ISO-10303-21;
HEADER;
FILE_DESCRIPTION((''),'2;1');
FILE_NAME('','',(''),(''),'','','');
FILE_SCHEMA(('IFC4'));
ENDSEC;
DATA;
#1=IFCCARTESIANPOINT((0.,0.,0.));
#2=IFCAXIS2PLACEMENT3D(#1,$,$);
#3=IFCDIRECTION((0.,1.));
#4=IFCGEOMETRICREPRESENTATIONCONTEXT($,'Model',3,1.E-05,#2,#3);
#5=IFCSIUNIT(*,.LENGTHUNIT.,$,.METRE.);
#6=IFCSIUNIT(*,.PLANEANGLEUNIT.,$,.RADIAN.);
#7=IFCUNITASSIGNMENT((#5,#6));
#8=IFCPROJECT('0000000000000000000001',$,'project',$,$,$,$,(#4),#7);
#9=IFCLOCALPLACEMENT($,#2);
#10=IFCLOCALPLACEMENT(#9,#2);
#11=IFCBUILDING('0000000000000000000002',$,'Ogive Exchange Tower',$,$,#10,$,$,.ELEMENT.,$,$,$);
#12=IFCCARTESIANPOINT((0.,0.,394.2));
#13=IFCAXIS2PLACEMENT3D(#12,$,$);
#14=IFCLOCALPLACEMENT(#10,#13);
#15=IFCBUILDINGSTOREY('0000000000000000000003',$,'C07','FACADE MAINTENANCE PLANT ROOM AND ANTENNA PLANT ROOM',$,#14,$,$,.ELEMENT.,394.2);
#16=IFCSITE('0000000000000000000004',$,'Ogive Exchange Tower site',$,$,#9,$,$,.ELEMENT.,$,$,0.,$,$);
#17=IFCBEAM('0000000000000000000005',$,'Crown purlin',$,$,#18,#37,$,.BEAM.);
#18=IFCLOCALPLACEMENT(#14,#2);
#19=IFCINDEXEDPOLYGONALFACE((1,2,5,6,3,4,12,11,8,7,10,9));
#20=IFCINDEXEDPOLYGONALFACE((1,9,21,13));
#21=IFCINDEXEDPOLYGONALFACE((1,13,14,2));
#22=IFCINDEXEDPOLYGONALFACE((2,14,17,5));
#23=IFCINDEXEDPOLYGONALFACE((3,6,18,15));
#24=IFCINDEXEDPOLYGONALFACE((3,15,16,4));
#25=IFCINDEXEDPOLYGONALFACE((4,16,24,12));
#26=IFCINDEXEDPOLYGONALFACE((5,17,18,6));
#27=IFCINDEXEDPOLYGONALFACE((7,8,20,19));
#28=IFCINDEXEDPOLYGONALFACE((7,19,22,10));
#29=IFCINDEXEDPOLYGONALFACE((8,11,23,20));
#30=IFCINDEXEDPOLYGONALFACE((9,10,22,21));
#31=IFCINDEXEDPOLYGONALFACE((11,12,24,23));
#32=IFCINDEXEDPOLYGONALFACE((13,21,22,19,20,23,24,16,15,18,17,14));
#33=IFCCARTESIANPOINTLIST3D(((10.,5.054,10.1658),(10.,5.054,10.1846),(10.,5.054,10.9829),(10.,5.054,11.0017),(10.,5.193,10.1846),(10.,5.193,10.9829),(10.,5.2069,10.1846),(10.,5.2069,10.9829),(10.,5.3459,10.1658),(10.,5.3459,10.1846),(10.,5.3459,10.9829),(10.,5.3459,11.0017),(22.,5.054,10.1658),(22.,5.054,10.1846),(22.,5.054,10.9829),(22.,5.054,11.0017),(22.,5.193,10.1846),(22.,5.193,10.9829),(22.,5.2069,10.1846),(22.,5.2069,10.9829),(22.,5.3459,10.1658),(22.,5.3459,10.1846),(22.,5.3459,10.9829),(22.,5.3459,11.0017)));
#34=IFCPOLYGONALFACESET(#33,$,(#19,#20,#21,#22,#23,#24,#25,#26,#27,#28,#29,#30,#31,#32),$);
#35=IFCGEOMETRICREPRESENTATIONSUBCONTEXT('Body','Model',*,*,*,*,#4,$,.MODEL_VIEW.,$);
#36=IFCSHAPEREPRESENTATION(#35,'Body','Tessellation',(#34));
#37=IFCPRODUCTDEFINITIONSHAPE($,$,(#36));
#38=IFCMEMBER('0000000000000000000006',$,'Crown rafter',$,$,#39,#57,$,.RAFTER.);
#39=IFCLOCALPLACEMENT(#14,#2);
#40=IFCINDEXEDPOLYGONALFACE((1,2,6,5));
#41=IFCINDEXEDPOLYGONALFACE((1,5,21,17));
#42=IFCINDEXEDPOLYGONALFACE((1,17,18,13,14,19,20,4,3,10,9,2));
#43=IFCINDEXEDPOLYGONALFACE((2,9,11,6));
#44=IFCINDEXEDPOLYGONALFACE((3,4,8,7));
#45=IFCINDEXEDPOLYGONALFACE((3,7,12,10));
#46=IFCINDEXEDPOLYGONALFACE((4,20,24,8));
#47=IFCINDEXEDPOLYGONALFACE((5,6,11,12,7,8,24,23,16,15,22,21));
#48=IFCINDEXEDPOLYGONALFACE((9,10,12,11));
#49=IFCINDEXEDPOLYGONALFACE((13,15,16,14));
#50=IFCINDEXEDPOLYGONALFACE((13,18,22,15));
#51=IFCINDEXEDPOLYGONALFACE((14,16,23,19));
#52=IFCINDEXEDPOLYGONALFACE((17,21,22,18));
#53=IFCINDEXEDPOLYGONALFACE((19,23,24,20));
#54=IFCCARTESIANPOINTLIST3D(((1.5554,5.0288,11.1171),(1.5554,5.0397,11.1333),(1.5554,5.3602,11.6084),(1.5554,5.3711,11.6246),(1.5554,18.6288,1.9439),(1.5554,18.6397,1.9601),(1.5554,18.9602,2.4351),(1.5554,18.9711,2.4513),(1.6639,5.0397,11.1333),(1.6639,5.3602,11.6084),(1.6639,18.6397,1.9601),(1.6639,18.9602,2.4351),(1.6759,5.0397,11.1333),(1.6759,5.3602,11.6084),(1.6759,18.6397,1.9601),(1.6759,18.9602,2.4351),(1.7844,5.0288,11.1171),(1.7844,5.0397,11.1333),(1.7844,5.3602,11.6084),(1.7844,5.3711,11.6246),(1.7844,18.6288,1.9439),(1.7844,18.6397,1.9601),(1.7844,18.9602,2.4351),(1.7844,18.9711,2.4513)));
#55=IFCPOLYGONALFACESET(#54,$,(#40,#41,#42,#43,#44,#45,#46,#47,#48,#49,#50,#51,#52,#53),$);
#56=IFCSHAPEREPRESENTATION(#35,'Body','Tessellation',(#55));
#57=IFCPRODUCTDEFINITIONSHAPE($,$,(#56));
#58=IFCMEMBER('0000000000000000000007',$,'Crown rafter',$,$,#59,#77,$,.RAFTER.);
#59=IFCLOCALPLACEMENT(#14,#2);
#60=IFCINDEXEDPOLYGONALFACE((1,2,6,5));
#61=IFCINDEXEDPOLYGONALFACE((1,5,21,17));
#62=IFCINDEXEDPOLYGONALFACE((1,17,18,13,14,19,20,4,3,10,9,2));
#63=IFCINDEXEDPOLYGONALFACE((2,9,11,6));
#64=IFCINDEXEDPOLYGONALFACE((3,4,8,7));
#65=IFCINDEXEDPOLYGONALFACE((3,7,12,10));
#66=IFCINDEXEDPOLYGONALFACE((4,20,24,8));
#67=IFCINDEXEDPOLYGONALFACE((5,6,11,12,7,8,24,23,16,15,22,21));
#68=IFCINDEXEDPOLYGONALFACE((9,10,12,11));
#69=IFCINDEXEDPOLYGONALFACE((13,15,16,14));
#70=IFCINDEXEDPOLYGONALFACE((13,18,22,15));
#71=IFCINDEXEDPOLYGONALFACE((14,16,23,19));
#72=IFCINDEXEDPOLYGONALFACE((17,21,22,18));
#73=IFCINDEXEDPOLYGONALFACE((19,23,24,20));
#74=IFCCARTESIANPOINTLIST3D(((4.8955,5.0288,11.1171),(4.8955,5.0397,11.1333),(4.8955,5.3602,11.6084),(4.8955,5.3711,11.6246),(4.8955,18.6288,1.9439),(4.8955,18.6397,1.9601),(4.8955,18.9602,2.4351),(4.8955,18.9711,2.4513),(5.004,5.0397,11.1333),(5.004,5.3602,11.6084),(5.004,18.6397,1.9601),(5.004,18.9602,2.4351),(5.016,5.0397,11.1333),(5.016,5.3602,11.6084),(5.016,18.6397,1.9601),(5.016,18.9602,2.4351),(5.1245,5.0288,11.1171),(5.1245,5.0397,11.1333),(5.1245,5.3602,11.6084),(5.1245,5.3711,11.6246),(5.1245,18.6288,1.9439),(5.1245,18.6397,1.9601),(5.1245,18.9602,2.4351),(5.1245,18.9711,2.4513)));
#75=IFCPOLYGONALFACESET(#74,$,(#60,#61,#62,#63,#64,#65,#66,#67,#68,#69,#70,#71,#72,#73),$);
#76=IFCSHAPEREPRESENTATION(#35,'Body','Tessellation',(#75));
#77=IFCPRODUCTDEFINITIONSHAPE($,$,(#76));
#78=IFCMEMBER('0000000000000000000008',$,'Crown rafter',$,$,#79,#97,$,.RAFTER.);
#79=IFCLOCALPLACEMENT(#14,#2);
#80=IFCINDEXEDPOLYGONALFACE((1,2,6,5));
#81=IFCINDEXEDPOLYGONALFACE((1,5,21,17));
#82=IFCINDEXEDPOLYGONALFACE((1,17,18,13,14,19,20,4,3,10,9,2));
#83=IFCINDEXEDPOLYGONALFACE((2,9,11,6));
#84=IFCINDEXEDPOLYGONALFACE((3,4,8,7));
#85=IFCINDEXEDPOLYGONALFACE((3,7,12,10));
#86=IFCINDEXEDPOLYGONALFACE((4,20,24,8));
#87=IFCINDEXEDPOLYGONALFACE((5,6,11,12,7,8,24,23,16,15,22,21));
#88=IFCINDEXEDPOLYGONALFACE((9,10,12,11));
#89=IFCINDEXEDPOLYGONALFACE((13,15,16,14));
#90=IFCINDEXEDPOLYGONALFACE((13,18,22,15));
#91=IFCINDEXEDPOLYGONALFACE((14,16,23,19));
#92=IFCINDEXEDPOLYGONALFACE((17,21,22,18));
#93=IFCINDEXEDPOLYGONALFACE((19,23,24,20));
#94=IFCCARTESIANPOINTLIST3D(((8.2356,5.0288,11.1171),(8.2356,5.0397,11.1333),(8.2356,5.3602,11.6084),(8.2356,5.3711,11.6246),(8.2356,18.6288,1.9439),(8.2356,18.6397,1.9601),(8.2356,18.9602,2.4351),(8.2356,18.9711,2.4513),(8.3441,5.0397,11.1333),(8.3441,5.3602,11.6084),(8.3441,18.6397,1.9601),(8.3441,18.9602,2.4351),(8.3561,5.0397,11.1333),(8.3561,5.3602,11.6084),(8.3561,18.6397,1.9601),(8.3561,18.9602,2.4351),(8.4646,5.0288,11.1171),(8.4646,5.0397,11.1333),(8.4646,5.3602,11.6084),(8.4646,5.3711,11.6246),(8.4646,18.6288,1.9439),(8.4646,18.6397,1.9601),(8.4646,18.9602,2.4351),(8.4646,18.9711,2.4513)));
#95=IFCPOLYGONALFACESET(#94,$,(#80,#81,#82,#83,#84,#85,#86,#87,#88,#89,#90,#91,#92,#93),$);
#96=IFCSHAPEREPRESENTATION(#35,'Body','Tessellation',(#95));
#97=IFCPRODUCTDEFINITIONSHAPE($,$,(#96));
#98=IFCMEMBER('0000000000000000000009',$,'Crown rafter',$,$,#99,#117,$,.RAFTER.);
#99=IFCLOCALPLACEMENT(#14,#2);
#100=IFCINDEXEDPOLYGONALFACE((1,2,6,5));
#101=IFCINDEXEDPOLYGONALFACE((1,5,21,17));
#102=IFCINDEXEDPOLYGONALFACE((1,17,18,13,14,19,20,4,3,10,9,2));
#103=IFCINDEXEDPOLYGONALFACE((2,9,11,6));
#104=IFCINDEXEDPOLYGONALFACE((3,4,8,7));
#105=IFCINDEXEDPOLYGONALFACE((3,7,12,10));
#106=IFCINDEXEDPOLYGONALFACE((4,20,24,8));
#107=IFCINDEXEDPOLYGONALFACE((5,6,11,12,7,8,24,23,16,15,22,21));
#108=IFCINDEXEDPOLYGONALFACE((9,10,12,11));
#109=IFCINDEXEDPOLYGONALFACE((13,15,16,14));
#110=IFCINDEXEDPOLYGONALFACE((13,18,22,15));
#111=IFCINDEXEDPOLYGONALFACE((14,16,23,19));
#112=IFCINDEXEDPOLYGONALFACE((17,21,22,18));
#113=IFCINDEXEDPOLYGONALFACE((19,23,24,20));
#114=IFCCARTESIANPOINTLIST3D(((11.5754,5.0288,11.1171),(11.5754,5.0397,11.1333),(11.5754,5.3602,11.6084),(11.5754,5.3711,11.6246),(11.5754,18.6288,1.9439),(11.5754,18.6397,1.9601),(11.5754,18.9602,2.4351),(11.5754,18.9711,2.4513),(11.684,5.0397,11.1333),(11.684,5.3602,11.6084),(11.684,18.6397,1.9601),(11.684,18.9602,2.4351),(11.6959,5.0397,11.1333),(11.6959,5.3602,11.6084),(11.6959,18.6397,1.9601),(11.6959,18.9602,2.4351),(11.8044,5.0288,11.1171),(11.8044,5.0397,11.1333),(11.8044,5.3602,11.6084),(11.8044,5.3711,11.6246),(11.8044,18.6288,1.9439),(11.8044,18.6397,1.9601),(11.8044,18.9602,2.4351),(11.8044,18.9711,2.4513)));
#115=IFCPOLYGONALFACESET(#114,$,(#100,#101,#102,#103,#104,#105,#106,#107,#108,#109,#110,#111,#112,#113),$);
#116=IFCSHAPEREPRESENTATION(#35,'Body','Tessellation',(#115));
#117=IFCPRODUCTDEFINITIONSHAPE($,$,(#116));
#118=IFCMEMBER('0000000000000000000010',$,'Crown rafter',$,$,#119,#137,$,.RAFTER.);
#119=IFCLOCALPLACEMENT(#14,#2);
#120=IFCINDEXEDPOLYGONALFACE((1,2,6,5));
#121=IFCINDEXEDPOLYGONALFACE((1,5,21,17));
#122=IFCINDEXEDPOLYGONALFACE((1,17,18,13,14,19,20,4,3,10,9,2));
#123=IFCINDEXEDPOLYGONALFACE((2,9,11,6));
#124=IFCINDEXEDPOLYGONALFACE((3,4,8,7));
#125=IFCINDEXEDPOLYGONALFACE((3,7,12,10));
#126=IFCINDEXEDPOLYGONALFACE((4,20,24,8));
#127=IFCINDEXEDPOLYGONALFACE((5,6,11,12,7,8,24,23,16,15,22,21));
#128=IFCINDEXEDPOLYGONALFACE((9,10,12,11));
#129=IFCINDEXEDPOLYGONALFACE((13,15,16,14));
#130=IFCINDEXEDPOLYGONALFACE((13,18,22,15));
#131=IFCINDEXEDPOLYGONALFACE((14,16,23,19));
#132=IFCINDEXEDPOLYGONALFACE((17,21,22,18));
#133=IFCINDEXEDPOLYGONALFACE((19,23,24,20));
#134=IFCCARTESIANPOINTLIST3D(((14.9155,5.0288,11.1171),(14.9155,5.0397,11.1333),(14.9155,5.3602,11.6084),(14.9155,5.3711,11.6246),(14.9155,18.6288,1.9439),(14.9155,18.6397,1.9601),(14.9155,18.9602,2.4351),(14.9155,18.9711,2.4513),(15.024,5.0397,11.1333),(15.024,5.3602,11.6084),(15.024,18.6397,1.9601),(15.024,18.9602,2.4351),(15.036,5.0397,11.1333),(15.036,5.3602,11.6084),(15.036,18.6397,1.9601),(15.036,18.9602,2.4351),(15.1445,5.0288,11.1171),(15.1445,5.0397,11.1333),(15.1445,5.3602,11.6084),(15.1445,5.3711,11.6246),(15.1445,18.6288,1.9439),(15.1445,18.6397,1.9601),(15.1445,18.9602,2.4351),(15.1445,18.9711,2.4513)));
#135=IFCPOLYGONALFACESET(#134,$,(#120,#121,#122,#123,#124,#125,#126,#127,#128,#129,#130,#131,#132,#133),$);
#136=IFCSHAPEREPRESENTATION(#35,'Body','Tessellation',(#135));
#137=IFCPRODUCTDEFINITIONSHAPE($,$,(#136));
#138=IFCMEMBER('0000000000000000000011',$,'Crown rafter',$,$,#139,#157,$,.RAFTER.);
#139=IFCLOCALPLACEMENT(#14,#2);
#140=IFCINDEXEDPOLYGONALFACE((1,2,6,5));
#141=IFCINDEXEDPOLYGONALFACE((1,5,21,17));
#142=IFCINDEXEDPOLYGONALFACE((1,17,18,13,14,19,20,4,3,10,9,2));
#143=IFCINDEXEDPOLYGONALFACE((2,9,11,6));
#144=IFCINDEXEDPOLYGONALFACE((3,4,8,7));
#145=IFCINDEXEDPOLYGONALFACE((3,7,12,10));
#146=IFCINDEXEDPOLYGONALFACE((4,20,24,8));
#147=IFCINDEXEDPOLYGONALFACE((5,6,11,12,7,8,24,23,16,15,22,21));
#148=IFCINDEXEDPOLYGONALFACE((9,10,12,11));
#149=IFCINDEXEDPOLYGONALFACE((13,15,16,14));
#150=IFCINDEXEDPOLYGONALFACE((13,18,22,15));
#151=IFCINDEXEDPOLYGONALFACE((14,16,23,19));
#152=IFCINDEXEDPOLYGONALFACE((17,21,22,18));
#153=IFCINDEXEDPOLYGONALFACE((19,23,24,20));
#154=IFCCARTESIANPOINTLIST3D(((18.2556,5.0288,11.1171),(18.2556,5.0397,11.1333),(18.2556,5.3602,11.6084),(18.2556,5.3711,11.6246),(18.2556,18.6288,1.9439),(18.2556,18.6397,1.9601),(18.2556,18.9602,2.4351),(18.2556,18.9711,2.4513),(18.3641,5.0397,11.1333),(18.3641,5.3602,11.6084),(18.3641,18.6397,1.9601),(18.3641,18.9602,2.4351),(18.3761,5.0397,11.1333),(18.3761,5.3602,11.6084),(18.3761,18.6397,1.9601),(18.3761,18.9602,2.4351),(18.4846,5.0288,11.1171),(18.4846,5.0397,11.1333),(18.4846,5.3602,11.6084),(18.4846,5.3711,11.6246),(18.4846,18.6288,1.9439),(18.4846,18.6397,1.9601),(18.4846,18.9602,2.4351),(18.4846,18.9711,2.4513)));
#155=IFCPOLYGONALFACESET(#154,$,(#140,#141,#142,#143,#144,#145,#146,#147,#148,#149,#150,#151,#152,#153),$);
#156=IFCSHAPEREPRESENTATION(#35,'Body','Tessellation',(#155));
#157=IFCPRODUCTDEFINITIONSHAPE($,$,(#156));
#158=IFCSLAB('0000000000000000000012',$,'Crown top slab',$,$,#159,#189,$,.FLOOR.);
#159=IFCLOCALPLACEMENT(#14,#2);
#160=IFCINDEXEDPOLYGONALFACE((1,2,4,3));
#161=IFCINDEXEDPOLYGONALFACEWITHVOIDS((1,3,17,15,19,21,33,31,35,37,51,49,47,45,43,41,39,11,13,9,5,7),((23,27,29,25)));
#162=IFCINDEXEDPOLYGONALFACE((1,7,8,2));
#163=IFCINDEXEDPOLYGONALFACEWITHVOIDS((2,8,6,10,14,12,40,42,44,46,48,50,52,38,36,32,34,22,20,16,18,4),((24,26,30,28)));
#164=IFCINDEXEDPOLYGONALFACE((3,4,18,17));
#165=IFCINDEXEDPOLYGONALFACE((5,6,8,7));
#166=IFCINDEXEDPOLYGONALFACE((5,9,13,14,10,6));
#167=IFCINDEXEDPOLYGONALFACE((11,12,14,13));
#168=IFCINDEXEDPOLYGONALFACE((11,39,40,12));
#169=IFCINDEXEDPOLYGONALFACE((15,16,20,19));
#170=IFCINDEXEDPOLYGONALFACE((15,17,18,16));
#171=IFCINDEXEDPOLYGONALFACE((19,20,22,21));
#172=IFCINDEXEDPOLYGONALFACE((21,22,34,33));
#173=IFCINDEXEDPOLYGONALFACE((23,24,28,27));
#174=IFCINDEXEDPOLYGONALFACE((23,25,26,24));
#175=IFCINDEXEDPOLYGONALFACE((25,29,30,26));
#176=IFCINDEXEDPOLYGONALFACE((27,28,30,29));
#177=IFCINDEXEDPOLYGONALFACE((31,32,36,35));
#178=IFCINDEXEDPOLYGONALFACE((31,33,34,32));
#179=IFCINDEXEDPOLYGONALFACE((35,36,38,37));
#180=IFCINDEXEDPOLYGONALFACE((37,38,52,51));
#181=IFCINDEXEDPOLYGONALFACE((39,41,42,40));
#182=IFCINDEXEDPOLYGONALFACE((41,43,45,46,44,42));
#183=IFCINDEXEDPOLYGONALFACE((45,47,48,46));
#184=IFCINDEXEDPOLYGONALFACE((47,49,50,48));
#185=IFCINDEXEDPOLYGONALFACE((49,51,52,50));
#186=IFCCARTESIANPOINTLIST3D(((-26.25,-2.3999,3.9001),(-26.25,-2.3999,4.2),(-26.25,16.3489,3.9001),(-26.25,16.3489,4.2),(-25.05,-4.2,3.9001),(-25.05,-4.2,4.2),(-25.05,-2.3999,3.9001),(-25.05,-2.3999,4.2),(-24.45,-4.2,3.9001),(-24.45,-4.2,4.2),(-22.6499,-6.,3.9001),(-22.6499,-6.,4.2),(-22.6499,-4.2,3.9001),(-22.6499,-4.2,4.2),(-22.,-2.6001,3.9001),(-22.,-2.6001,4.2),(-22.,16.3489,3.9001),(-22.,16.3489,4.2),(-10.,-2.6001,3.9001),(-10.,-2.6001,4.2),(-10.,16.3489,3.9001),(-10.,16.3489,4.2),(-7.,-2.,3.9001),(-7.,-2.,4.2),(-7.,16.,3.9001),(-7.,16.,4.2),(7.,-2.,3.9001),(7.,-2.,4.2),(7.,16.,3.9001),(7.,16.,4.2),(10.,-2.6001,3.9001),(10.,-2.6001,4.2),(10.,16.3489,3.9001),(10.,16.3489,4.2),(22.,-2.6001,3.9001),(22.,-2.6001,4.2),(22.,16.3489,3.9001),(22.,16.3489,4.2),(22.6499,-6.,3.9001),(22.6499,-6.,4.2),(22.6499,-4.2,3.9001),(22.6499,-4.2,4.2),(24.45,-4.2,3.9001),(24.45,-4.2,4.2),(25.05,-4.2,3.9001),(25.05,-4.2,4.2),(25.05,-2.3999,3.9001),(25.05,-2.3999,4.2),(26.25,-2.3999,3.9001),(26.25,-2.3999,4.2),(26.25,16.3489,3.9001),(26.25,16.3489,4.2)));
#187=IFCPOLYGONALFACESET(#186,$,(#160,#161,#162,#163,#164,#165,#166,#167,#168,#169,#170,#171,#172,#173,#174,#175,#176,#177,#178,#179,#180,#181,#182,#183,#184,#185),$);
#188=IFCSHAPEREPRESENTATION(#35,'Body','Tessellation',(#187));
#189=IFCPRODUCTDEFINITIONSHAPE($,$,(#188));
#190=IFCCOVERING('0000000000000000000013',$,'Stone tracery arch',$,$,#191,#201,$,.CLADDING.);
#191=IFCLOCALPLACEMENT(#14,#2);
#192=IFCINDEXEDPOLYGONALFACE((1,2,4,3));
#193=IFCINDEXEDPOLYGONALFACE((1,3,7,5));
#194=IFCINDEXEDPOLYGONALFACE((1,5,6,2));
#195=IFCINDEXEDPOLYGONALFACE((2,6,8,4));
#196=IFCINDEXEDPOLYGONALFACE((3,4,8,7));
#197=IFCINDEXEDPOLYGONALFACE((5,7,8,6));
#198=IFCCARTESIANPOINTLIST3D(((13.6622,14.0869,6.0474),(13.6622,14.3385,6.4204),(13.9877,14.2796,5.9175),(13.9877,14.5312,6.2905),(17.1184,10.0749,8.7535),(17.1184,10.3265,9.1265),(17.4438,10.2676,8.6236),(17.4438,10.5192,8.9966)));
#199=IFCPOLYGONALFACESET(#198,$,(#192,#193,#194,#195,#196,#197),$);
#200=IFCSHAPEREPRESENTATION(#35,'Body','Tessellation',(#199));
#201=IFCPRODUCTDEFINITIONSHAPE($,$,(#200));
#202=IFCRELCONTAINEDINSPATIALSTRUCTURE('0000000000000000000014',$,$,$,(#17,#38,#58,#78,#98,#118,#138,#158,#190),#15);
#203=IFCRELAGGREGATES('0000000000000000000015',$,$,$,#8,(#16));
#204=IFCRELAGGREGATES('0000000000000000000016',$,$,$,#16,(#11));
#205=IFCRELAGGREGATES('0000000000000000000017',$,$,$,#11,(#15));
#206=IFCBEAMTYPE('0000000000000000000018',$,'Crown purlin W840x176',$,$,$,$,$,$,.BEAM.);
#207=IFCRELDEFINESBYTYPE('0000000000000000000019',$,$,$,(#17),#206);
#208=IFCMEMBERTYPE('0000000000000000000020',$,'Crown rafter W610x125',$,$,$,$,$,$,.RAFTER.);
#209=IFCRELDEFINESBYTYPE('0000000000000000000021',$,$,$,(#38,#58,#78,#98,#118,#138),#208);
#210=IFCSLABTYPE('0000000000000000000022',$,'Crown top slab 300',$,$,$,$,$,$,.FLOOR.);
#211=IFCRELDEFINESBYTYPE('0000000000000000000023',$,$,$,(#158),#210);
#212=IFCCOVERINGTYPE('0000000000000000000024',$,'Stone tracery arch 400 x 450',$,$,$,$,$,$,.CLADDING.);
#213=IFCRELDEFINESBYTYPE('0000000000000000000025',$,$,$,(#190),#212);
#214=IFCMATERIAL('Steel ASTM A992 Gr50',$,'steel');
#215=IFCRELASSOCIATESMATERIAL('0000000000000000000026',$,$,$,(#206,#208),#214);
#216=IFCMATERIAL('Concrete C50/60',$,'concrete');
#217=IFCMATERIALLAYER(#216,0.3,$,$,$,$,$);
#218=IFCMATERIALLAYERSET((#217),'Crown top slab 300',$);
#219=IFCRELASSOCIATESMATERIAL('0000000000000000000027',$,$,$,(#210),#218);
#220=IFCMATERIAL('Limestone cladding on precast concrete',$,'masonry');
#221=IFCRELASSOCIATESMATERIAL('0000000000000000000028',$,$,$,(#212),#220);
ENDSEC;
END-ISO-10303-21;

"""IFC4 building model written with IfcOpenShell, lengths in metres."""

from ifc_helpers import new_model, si_unit, direction, frame, origin, origin_2d, place, context, subcontext, project, spatial, polyline, rectangle, i_section, outline, extrude, material, layer, layer_set, material_profile, profile_set, type_object, element, save


model = new_model("IFC4")

# Units and contexts
model_context = context("Model", 3, precision=1e-05, world=origin(), true_north=direction((0.0, 1.0)))
body_context = subcontext(model_context, "Body", "Model", "MODEL_VIEW")
ifc_project = project(units=[si_unit("LENGTHUNIT", "METRE"), si_unit("PLANEANGLEUNIT", "RADIAN")], contexts=[model_context])

# Site, building, storey
site_placement = place(None, origin())
site = spatial("IfcSite", under=ifc_project, at=site_placement, Name="Ogive Exchange Tower site", CompositionType="ELEMENT", RefElevation=0.0)
building_placement = place(site_placement, origin())
building = spatial("IfcBuilding", under=site, at=building_placement, Name="Ogive Exchange Tower", CompositionType="ELEMENT")
storey_placement = place(building_placement, frame((0.0, 0.0, 394.2)))
storey = spatial("IfcBuildingStorey", under=building, at=storey_placement, Name="C07", Description="FACADE MAINTENANCE PLANT ROOM AND ANTENNA PLANT ROOM", CompositionType="ELEMENT", Elevation=394.2)

# Beam
ifc_material_1 = material(Name="Steel ASTM A992 Gr50", Category="steel")
ifc_material_profile_1 = material_profile(ifc_material_1, i_section(OverallWidth=0.292, OverallDepth=0.8359, WebThickness=0.0139, FlangeThickness=0.0188, at=origin_2d()), Name="W840x176")
ifc_profile_set_1 = profile_set([ifc_material_profile_1], Name="Steel ASTM A992 Gr50")
beam_type = type_object("IfcBeamType", Name="Crown purlin W840x176", PredefinedType="BEAM", material=ifc_profile_set_1)
beam_placement = place(storey_placement, frame((10.0, 5.2, 10.5837), z_axis=(1.0, 0.0, 0.0), x_axis=(0.0, 1.0, 0.0)))
element("IfcBeam", 1, at=beam_placement, inside=storey, type_object=beam_type, Name="Crown purlin", PredefinedType="BEAM", context=body_context, shape_type="SweptSolid", body=[
    extrude(i_section(OverallWidth=0.292, OverallDepth=0.8359, WebThickness=0.0139, FlangeThickness=0.0188, at=origin_2d()), origin(), (0.0, 0.0, 1.0), 12.0),
])

# Members
ifc_material_profile_2 = material_profile(ifc_material_1, i_section(OverallWidth=0.229, OverallDepth=0.6121, WebThickness=0.012, FlangeThickness=0.0195, at=origin_2d()), Name="W610x125")
ifc_profile_set_2 = profile_set([ifc_material_profile_2], Name="Steel ASTM A992 Gr50")
member_type = type_object("IfcMemberType", Name="Crown rafter W610x125", PredefinedType="RAFTER", material=ifc_profile_set_2)
for number, where, z_axis, x_axis, name in (
    (2, (1.6699, 5.2, 11.3708), (0.0, 0.829039, -0.559191), (-1.0, 0.0, 0.0), "Crown rafter"),
    (3, (5.01, 5.2, 11.3708), (0.0, 0.829039, -0.559191), (-1.0, 0.0, 0.0), "Crown rafter"),
    (4, (8.3501, 5.2, 11.3708), (0.0, 0.829039, -0.559191), (-1.0, 0.0, 0.0), "Crown rafter"),
    (5, (11.6899, 5.2, 11.3708), (0.0, 0.829039, -0.559191), (-1.0, 0.0, 0.0), "Crown rafter"),
    (6, (15.03, 5.2, 11.3708), (0.0, 0.829039, -0.559191), (-1.0, 0.0, 0.0), "Crown rafter"),
    (7, (18.3701, 5.2, 11.3708), (0.0, 0.829039, -0.559191), (-1.0, 0.0, 0.0), "Crown rafter"),
):
    element("IfcMember", number, at=place(storey_placement, frame(where, z_axis=z_axis, x_axis=x_axis)), inside=storey, type_object=member_type, Name=name, PredefinedType="RAFTER", context=body_context, shape_type="SweptSolid", body=[
        extrude(i_section(OverallWidth=0.229, OverallDepth=0.6121, WebThickness=0.012, FlangeThickness=0.0195, at=origin_2d()), origin(), (0.0, 0.0, 1.0), 16.4045),
    ])

# Slab
ifc_material_2 = material(Name="Concrete C50/60", Category="concrete")
ifc_layer = layer(ifc_material_2, 0.3)
ifc_layer_set = layer_set([ifc_layer], Name="Crown top slab 300")
slab_type = type_object("IfcSlabType", Name="Crown top slab 300", PredefinedType="FLOOR", material=ifc_layer_set)
slab_placement = place(storey_placement, frame((0.0, 0.0, 3.9001)))
element("IfcSlab", 8, at=slab_placement, inside=storey, type_object=slab_type, Name="Crown top slab", PredefinedType="FLOOR", context=body_context, shape_type="SweptSolid", body=[
    extrude(outline(polyline([(-24.45, -2.3999), (-26.25, -2.3999), (-26.25, 16.3489), (-22.0, 16.3489), (-22.0, -2.6001), (-10.0, -2.6001), (-10.0, 16.3489), (10.0, 16.3489), (10.0, -2.6001), (22.0, -2.6001), (22.0, 16.3489), (26.25, 16.3489), (26.25, -2.3999), (24.45, -2.3999), (24.45, -2.3999), (25.05, -2.3999), (25.05, -4.2), (24.45, -4.2), (24.45, -4.2), (22.6499, -4.2), (22.6499, -6.0), (-22.6499, -6.0), (-22.6499, -4.2), (-24.45, -4.2), (-24.45, -4.2), (-25.05, -4.2), (-25.05, -2.3999), (-24.45, -2.3999), (-24.45, -2.3999)]), holes=[polyline([(7.0, 16.0), (-7.0, 16.0), (-7.0, -2.0), (7.0, -2.0), (7.0, 16.0)])]), origin(), (0.0, 0.0, 1.0), 0.2998),
])

# Covering
ifc_material_3 = material(Name="Limestone cladding on precast concrete", Category="masonry")
ifc_material_profile_3 = material_profile(ifc_material_3, rectangle(XDim=0.3999, YDim=0.45, at=origin_2d()), Name="TRACERY 400 x 450")
ifc_profile_set_3 = profile_set([ifc_material_profile_3], Name="Limestone cladding on precast concrete")
covering_type = type_object("IfcCoveringType", Name="Stone tracery arch 400 x 450", PredefinedType="CLADDING", material=ifc_profile_set_3)
for number, where, z_axis, x_axis, name in (
    (9, (13.825, 14.3091, 6.1689), (0.581175, -0.674657, 0.455054), (0.813779, 0.48182, -0.324982), "Stone tracery arch"),
):
    element("IfcCovering", number, at=place(storey_placement, frame(where, z_axis=z_axis, x_axis=x_axis)), inside=storey, type_object=covering_type, Name=name, PredefinedType="CLADDING", context=body_context, shape_type="SweptSolid", body=[
        extrude(rectangle(XDim=0.3999, YDim=0.45, at=origin_2d()), origin(), (0.0, 0.0, 1.0), 5.9468),
    ])

save(model, "model.ifc")
